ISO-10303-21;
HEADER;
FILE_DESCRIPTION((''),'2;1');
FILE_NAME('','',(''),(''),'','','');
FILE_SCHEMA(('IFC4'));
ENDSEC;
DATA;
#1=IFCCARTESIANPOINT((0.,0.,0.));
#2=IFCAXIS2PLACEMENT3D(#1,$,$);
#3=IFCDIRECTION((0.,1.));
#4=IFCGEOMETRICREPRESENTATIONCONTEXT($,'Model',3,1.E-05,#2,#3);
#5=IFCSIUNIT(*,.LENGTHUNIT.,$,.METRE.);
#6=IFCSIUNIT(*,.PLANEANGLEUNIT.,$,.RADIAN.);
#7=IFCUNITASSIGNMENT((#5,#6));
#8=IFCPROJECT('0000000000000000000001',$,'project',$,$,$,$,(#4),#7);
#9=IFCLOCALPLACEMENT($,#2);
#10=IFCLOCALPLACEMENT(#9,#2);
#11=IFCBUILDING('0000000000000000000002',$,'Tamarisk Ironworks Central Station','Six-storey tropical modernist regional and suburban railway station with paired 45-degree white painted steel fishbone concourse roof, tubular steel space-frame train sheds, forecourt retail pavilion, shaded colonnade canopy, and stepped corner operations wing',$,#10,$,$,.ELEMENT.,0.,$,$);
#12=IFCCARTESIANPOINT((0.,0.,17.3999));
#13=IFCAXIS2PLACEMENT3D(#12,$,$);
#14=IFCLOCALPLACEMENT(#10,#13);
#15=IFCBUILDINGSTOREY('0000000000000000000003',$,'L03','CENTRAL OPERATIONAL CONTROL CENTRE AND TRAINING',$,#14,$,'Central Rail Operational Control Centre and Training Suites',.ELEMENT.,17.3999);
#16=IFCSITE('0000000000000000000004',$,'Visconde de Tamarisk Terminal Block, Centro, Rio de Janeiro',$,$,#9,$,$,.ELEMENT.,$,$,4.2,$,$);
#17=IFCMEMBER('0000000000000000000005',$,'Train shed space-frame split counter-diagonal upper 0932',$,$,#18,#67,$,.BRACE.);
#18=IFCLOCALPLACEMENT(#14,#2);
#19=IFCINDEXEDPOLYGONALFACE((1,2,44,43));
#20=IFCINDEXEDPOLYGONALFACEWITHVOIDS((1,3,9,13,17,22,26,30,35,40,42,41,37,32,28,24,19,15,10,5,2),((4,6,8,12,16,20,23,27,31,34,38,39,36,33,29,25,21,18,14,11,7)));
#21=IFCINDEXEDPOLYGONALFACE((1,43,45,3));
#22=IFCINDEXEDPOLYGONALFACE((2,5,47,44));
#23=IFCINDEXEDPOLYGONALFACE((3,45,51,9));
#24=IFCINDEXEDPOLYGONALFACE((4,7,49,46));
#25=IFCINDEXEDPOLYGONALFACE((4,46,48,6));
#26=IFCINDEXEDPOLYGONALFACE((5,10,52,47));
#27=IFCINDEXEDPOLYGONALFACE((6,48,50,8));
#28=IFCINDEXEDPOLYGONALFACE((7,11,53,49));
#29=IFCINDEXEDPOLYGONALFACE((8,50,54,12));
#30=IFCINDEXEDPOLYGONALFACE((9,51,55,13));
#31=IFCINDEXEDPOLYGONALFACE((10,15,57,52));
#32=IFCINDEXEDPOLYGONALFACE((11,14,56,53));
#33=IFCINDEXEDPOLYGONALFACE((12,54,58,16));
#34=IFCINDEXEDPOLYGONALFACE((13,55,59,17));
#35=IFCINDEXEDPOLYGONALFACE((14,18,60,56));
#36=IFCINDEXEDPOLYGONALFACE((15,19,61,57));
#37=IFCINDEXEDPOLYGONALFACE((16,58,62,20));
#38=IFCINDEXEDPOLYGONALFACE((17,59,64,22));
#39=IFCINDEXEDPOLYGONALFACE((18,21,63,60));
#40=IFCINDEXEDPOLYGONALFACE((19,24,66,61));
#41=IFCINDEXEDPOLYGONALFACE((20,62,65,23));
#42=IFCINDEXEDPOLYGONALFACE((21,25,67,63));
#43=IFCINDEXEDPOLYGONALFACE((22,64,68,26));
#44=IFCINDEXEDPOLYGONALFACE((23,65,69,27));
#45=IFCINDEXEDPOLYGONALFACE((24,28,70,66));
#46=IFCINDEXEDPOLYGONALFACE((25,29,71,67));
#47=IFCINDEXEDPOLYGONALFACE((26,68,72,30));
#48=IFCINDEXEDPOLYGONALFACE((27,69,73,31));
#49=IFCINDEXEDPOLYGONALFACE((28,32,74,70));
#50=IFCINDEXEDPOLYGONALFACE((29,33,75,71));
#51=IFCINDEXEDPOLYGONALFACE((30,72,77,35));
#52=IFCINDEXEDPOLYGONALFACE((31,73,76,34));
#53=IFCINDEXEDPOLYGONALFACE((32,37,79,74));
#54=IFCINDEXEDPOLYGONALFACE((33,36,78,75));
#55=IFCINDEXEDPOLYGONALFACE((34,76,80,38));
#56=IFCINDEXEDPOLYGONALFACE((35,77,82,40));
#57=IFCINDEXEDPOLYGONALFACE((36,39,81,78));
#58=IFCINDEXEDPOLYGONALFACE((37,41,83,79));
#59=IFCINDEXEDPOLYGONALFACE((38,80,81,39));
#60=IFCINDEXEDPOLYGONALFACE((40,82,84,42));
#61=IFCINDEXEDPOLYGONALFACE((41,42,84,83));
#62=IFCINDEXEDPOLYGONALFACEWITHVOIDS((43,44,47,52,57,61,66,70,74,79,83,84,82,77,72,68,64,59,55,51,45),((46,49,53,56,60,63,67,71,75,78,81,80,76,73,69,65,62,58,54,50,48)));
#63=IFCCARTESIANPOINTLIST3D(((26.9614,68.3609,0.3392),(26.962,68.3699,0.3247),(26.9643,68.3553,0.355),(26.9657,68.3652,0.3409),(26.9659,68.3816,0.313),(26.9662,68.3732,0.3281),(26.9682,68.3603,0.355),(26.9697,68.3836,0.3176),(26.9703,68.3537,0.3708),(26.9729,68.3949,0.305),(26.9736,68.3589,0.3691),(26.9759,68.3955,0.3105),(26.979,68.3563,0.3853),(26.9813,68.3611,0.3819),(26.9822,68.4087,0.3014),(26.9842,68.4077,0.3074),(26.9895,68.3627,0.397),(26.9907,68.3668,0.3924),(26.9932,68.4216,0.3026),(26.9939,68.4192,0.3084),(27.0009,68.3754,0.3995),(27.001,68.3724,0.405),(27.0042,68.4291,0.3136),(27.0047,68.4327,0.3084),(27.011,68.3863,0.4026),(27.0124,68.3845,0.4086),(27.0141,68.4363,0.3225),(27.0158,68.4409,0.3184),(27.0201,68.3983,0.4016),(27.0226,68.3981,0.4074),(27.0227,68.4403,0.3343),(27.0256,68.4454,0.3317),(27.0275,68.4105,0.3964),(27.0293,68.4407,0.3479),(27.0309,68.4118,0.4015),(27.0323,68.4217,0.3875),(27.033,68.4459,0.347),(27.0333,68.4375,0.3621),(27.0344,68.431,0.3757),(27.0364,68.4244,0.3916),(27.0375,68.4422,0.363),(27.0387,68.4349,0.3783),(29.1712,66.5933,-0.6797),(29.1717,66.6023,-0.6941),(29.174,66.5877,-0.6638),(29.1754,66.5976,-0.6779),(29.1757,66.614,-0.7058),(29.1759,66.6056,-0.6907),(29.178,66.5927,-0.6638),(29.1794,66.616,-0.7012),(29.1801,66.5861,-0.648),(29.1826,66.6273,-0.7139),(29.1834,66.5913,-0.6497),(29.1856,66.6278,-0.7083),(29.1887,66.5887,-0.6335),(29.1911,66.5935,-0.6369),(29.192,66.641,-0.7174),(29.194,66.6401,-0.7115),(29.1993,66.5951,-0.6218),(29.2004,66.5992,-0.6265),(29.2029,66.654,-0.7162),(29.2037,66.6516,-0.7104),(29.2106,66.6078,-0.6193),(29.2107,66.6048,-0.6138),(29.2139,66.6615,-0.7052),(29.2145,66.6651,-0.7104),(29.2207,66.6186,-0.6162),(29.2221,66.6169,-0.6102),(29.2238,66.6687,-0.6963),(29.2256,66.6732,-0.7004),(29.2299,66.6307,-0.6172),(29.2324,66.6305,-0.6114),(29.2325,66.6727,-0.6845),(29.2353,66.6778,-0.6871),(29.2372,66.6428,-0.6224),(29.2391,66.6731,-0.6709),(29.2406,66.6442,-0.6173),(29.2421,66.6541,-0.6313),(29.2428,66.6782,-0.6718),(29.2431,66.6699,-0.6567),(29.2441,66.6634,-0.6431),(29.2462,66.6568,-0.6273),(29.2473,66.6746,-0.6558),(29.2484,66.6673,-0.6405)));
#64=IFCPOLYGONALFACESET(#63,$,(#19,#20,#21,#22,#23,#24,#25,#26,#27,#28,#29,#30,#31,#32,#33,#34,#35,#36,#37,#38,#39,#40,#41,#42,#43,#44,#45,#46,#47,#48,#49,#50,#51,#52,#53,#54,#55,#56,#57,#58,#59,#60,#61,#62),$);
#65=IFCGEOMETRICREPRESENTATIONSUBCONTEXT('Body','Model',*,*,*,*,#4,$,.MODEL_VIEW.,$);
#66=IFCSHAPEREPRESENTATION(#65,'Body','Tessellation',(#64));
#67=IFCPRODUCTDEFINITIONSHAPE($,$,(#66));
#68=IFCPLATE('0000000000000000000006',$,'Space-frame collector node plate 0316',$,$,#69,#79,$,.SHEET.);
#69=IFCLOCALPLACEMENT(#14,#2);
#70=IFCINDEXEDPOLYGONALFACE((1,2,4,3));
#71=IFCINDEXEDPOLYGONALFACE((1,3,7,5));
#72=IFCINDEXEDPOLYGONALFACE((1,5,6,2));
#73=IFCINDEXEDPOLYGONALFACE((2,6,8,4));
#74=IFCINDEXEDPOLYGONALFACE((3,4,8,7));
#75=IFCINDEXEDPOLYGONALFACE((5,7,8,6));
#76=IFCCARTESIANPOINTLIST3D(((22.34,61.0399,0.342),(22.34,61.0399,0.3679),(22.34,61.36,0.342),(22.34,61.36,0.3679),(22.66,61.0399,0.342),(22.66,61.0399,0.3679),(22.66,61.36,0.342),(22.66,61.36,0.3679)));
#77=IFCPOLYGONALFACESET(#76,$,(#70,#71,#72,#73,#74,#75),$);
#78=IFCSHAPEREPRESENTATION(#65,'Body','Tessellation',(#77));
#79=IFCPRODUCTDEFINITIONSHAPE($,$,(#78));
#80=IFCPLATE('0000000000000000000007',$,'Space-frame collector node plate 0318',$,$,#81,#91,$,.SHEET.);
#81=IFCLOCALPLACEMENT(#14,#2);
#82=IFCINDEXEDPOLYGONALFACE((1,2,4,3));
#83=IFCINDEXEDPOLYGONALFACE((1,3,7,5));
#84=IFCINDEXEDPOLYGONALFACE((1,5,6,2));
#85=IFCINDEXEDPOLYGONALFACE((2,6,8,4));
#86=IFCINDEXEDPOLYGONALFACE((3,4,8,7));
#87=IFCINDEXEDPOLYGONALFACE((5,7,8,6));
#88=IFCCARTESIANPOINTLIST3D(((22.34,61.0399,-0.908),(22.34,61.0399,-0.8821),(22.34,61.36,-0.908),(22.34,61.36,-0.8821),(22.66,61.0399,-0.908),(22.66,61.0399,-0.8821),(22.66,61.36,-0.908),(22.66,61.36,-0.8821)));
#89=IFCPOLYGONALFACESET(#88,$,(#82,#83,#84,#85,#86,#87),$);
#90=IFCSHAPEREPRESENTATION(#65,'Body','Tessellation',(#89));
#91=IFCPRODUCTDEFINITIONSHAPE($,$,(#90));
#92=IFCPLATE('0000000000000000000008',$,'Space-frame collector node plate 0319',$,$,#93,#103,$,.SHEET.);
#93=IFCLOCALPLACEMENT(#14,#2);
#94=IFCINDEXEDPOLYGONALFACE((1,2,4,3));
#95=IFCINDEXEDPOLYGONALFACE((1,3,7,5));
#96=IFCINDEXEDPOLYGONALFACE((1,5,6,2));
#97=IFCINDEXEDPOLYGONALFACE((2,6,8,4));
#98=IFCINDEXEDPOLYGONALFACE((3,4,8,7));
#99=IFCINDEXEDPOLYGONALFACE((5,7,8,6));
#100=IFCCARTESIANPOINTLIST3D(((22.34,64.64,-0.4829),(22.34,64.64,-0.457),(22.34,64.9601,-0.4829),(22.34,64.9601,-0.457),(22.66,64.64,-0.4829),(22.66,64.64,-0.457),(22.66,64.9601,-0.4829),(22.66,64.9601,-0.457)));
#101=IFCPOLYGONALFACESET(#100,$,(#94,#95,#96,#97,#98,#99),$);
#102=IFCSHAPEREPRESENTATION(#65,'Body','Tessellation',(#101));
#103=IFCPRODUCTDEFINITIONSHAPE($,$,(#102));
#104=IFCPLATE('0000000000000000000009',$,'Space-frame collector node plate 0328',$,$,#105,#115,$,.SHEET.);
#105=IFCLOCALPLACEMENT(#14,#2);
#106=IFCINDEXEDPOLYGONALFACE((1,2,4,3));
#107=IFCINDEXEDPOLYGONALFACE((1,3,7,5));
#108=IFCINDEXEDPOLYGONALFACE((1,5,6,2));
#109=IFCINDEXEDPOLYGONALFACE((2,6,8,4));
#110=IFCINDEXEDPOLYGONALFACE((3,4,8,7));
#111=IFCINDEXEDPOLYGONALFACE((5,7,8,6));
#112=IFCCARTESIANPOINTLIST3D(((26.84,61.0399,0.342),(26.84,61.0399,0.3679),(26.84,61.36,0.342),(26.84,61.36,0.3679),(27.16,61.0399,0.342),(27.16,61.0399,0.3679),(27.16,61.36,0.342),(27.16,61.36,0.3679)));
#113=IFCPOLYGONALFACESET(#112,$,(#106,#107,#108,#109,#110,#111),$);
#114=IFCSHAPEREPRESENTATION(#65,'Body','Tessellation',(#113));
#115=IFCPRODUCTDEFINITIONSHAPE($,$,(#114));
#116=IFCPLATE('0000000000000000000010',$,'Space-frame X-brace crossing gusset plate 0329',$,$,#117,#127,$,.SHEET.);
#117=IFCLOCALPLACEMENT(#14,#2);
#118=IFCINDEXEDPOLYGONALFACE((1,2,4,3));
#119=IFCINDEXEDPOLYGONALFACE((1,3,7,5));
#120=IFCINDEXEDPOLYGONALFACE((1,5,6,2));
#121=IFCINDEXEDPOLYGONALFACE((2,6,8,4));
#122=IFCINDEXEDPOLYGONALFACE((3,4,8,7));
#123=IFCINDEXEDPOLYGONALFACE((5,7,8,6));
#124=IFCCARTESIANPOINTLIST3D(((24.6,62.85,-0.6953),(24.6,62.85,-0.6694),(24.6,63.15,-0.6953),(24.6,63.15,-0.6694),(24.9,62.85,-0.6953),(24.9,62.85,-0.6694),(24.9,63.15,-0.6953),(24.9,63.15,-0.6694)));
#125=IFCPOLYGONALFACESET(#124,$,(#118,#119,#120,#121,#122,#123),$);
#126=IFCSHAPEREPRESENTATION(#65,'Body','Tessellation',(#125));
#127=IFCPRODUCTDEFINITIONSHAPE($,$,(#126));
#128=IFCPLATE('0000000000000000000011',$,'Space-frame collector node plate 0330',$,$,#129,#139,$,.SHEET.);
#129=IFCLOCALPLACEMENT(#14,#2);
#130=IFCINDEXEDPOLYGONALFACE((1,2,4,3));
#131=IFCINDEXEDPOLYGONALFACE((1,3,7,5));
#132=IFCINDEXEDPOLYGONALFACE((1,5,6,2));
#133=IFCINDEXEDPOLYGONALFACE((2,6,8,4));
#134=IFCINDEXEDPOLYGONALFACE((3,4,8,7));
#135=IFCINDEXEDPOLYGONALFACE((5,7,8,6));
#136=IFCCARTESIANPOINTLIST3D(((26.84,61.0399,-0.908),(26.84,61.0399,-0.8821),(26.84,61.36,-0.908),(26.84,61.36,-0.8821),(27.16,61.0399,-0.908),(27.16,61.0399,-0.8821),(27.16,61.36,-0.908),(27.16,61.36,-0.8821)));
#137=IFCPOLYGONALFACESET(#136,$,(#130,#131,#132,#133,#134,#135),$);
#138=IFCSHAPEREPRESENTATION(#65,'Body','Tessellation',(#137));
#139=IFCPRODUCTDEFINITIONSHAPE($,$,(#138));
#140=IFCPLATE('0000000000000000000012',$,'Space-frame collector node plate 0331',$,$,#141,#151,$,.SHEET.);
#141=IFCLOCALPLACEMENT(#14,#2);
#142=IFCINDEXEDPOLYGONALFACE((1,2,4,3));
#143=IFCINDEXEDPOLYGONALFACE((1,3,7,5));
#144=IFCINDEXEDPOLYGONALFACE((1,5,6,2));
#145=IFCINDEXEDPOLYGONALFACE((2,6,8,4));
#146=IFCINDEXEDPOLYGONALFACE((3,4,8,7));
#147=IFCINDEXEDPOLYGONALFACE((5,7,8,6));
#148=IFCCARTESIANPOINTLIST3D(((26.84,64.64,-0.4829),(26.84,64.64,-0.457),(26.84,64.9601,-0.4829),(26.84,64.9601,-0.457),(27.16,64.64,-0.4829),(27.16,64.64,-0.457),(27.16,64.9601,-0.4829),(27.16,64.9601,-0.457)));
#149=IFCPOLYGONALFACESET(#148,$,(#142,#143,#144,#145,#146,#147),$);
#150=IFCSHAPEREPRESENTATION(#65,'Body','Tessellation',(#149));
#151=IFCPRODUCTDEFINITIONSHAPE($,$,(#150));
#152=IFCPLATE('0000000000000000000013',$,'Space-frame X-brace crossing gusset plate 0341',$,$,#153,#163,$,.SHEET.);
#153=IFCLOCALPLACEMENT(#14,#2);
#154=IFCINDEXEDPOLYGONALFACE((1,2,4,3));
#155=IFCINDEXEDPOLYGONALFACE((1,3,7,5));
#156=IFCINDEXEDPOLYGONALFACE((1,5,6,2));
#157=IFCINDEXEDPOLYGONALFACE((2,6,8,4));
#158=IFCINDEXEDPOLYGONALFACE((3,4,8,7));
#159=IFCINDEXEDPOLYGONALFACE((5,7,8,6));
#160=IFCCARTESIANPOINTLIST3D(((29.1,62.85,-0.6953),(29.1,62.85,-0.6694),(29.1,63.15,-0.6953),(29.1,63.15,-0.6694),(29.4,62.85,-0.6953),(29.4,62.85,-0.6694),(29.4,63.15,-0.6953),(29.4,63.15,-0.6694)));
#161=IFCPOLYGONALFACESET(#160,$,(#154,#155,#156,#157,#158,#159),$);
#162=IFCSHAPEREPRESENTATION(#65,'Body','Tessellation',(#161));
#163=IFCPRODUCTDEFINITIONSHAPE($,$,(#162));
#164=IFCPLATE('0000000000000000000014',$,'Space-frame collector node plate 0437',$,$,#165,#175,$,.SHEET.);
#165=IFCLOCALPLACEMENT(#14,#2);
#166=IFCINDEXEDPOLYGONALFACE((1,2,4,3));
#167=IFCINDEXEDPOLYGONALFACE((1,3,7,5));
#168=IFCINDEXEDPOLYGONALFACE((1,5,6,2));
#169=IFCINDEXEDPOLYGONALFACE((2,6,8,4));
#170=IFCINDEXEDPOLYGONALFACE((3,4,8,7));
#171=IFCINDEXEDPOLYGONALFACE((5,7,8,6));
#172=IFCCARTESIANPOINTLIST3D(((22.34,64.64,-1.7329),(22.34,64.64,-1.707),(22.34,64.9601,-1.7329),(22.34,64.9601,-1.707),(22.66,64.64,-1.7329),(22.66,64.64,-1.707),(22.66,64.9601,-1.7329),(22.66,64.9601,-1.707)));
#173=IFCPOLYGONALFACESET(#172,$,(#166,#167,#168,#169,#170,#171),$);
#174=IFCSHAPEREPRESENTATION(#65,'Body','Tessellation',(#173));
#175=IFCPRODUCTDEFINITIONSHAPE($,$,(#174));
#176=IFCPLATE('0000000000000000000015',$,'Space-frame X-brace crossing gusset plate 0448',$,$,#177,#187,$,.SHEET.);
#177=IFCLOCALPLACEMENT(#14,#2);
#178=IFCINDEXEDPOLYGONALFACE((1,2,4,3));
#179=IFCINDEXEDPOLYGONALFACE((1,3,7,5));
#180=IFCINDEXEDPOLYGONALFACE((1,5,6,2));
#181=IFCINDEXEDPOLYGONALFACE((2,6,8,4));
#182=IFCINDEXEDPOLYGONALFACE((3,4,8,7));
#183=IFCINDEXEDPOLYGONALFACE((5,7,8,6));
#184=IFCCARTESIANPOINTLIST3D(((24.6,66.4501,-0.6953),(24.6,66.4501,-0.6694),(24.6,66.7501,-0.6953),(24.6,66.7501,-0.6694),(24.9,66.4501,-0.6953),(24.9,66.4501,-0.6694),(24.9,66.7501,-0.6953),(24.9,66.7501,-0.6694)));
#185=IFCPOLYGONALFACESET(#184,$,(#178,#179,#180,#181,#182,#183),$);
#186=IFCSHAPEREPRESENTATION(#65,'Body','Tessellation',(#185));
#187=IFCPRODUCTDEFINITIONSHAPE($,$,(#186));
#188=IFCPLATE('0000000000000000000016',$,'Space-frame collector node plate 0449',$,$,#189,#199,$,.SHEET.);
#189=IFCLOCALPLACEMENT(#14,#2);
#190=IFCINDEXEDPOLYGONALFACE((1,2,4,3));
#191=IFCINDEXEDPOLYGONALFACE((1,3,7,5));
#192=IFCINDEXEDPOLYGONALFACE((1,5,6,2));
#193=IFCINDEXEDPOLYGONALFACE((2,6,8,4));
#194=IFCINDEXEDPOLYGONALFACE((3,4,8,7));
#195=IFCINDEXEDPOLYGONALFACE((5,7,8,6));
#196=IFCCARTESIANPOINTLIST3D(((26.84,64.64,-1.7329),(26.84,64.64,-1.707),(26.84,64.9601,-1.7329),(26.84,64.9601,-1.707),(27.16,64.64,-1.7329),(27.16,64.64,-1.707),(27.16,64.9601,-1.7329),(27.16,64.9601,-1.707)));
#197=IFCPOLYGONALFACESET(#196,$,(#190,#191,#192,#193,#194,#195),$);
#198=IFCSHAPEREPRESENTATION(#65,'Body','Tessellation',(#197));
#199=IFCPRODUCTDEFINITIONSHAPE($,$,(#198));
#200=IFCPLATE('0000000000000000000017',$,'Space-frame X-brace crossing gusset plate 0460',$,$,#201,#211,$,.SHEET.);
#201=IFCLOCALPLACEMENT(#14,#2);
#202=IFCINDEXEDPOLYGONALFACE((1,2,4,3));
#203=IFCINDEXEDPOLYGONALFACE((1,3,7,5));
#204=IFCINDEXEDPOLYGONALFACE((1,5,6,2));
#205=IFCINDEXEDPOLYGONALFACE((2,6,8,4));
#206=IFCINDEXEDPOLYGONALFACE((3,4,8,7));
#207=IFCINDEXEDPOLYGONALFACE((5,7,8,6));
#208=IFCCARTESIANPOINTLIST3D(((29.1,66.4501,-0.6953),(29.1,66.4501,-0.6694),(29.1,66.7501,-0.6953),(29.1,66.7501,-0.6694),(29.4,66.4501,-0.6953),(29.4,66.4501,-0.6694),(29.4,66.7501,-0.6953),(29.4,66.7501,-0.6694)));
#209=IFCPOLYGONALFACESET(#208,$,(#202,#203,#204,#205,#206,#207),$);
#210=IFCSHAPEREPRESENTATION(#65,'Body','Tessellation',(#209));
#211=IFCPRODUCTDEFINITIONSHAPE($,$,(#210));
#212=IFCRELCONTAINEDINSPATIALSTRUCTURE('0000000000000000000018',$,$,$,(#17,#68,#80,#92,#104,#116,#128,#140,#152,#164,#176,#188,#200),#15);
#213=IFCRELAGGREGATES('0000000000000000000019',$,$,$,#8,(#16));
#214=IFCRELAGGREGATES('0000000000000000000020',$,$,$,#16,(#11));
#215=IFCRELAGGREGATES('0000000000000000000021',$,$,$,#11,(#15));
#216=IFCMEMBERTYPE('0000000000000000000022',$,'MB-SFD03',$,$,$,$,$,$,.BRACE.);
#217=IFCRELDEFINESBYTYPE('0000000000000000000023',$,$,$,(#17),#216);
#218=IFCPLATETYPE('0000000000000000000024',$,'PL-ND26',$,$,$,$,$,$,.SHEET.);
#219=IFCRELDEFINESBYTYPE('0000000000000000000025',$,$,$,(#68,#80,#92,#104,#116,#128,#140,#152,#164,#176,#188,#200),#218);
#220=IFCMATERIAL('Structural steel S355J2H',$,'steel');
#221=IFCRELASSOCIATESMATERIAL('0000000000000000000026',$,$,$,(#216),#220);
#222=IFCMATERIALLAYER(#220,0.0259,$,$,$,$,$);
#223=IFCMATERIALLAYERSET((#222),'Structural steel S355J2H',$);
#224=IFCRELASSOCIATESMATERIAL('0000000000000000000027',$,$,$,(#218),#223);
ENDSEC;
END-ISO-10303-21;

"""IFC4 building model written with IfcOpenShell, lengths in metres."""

from ifc_helpers import new_model, si_unit, direction, frame, origin, origin_2d, place, context, subcontext, project, spatial, rectangle, hollow_circle, extrude, material, layer, layer_set, material_profile, profile_set, type_object, element, save


model = new_model("IFC4")

# Units and contexts
model_context = context("Model", 3, precision=1e-05, world=origin(), true_north=direction((0.0, 1.0)))
body_context = subcontext(model_context, "Body", "Model", "MODEL_VIEW")
ifc_project = project(units=[si_unit("LENGTHUNIT", "METRE"), si_unit("PLANEANGLEUNIT", "RADIAN")], contexts=[model_context])

# Site, building, storey
site_placement = place(None, origin())
site = spatial("IfcSite", under=ifc_project, at=site_placement, Name="Visconde de Tamarisk Terminal Block, Centro, Rio de Janeiro", CompositionType="ELEMENT", RefElevation=4.2)
building_placement = place(site_placement, origin())
building = spatial("IfcBuilding", under=site, at=building_placement, Name="Tamarisk Ironworks Central Station", Description="Six-storey tropical modernist regional and suburban railway station with paired 45-degree white painted steel fishbone concourse roof, tubular steel space-frame train sheds, forecourt retail pavilion, shaded colonnade canopy, and stepped corner operations wing", CompositionType="ELEMENT", ElevationOfRefHeight=0.0)
storey_placement = place(building_placement, frame((0.0, 0.0, 17.3999)))
storey = spatial("IfcBuildingStorey", under=building, at=storey_placement, Name="L03", Description="CENTRAL OPERATIONAL CONTROL CENTRE AND TRAINING", LongName="Central Rail Operational Control Centre and Training Suites", CompositionType="ELEMENT", Elevation=17.3999)

# Member
ifc_material_1 = material(Name="Structural steel S355J2H", Category="steel")
ifc_material_profile_1 = material_profile(ifc_material_1, hollow_circle(Radius=0.0571, WallThickness=0.0063, at=origin_2d()), Name="CHS 114.3x6.3")
ifc_profile_set_1 = profile_set([ifc_material_profile_1], Name="Structural steel S355J2H")
member_type_1 = type_object("IfcMemberType", Name="MB-SFD03", PredefinedType="BRACE", material=ifc_profile_set_1)
for number, where, z_axis, x_axis, name in (
    (1, (29.2097, 66.6323, -0.6638), (-0.734732, 0.587721, 0.338751), (-0.624653, -0.780902, 0.0), "Train shed space-frame split counter-diagonal upper 0932"),
):
    element("IfcMember", number, at=place(storey_placement, frame(where, z_axis=z_axis, x_axis=x_axis)), inside=storey, type_object=member_type_1, Name=name, PredefinedType="BRACE", context=body_context, shape_type="SweptSolid", body=[
        extrude(hollow_circle(Radius=0.0571, WallThickness=0.0063, at=origin_2d()), origin(), (0.0, 0.0, 1.0), 3.0076),
    ])

# Plates
ifc_layer = layer(ifc_material_1, 0.0259)
ifc_layer_set = layer_set([ifc_layer], Name="Structural steel S355J2H")
plate_type = type_object("IfcPlateType", Name="PL-ND26", PredefinedType="SHEET", material=ifc_layer_set)
for number, where, z_axis, x_axis, name in (
    (2, (22.5, 61.2, 0.342), (0.0, 0.0, 1.0), (1.0, 0.0, 0.0), "Space-frame collector node plate 0316"),
    (3, (22.5, 61.2, -0.908), (0.0, 0.0, 1.0), (1.0, 0.0, 0.0), "Space-frame collector node plate 0318"),
    (4, (22.5, 64.8, -0.4829), (0.0, 0.0, 1.0), (1.0, 0.0, 0.0), "Space-frame collector node plate 0319"),
    (5, (27.0, 61.2, 0.342), (0.0, 0.0, 1.0), (1.0, 0.0, 0.0), "Space-frame collector node plate 0328"),
):
    element("IfcPlate", number, at=place(storey_placement, frame(where, z_axis=z_axis, x_axis=x_axis)), inside=storey, type_object=plate_type, Name=name, PredefinedType="SHEET", context=body_context, shape_type="SweptSolid", body=[
        extrude(rectangle(XDim=0.3201, YDim=0.3201, at=origin_2d()), origin(), (0.0, 0.0, 1.0), 0.0259),
    ])
plate_1_placement = place(storey_placement, frame((24.75, 63.0, -0.6953), z_axis=(0.0, 0.0, 1.0), x_axis=(1.0, 0.0, 0.0)))
element("IfcPlate", 6, at=plate_1_placement, inside=storey, type_object=plate_type, Name="Space-frame X-brace crossing gusset plate 0329", PredefinedType="SHEET", context=body_context, shape_type="SweptSolid", body=[
    extrude(rectangle(XDim=0.3, YDim=0.3, at=origin_2d()), origin(), (0.0, 0.0, 1.0), 0.0259),
])
for number, where, z_axis, x_axis, name in (
    (7, (27.0, 61.2, -0.908), (0.0, 0.0, 1.0), (1.0, 0.0, 0.0), "Space-frame collector node plate 0330"),
    (8, (27.0, 64.8, -0.4829), (0.0, 0.0, 1.0), (1.0, 0.0, 0.0), "Space-frame collector node plate 0331"),
):
    element("IfcPlate", number, at=place(storey_placement, frame(where, z_axis=z_axis, x_axis=x_axis)), inside=storey, type_object=plate_type, Name=name, PredefinedType="SHEET", context=body_context, shape_type="SweptSolid", body=[
        extrude(rectangle(XDim=0.3201, YDim=0.3201, at=origin_2d()), origin(), (0.0, 0.0, 1.0), 0.0259),
    ])
plate_2_placement = place(storey_placement, frame((29.25, 63.0, -0.6953), z_axis=(0.0, 0.0, 1.0), x_axis=(1.0, 0.0, 0.0)))
element("IfcPlate", 9, at=plate_2_placement, inside=storey, type_object=plate_type, Name="Space-frame X-brace crossing gusset plate 0341", PredefinedType="SHEET", context=body_context, shape_type="SweptSolid", body=[
    extrude(rectangle(XDim=0.3, YDim=0.3, at=origin_2d()), origin(), (0.0, 0.0, 1.0), 0.0259),
])
plate_3_placement = place(storey_placement, frame((22.5, 64.8, -1.7329), z_axis=(0.0, 0.0, 1.0), x_axis=(1.0, 0.0, 0.0)))
element("IfcPlate", 10, at=plate_3_placement, inside=storey, type_object=plate_type, Name="Space-frame collector node plate 0437", PredefinedType="SHEET", context=body_context, shape_type="SweptSolid", body=[
    extrude(rectangle(XDim=0.3201, YDim=0.3201, at=origin_2d()), origin(), (0.0, 0.0, 1.0), 0.0259),
])
plate_4_placement = place(storey_placement, frame((24.75, 66.6001, -0.6953), z_axis=(0.0, 0.0, 1.0), x_axis=(1.0, 0.0, 0.0)))
element("IfcPlate", 11, at=plate_4_placement, inside=storey, type_object=plate_type, Name="Space-frame X-brace crossing gusset plate 0448", PredefinedType="SHEET", context=body_context, shape_type="SweptSolid", body=[
    extrude(rectangle(XDim=0.3, YDim=0.3, at=origin_2d()), origin(), (0.0, 0.0, 1.0), 0.0259),
])
plate_5_placement = place(storey_placement, frame((27.0, 64.8, -1.7329), z_axis=(0.0, 0.0, 1.0), x_axis=(1.0, 0.0, 0.0)))
element("IfcPlate", 12, at=plate_5_placement, inside=storey, type_object=plate_type, Name="Space-frame collector node plate 0449", PredefinedType="SHEET", context=body_context, shape_type="SweptSolid", body=[
    extrude(rectangle(XDim=0.3201, YDim=0.3201, at=origin_2d()), origin(), (0.0, 0.0, 1.0), 0.0259),
])
plate_6_placement = place(storey_placement, frame((29.25, 66.6001, -0.6953), z_axis=(0.0, 0.0, 1.0), x_axis=(1.0, 0.0, 0.0)))
element("IfcPlate", 13, at=plate_6_placement, inside=storey, type_object=plate_type, Name="Space-frame X-brace crossing gusset plate 0460", PredefinedType="SHEET", context=body_context, shape_type="SweptSolid", body=[
    extrude(rectangle(XDim=0.3, YDim=0.3, at=origin_2d()), origin(), (0.0, 0.0, 1.0), 0.0259),
])

save(model, "model.ifc")
